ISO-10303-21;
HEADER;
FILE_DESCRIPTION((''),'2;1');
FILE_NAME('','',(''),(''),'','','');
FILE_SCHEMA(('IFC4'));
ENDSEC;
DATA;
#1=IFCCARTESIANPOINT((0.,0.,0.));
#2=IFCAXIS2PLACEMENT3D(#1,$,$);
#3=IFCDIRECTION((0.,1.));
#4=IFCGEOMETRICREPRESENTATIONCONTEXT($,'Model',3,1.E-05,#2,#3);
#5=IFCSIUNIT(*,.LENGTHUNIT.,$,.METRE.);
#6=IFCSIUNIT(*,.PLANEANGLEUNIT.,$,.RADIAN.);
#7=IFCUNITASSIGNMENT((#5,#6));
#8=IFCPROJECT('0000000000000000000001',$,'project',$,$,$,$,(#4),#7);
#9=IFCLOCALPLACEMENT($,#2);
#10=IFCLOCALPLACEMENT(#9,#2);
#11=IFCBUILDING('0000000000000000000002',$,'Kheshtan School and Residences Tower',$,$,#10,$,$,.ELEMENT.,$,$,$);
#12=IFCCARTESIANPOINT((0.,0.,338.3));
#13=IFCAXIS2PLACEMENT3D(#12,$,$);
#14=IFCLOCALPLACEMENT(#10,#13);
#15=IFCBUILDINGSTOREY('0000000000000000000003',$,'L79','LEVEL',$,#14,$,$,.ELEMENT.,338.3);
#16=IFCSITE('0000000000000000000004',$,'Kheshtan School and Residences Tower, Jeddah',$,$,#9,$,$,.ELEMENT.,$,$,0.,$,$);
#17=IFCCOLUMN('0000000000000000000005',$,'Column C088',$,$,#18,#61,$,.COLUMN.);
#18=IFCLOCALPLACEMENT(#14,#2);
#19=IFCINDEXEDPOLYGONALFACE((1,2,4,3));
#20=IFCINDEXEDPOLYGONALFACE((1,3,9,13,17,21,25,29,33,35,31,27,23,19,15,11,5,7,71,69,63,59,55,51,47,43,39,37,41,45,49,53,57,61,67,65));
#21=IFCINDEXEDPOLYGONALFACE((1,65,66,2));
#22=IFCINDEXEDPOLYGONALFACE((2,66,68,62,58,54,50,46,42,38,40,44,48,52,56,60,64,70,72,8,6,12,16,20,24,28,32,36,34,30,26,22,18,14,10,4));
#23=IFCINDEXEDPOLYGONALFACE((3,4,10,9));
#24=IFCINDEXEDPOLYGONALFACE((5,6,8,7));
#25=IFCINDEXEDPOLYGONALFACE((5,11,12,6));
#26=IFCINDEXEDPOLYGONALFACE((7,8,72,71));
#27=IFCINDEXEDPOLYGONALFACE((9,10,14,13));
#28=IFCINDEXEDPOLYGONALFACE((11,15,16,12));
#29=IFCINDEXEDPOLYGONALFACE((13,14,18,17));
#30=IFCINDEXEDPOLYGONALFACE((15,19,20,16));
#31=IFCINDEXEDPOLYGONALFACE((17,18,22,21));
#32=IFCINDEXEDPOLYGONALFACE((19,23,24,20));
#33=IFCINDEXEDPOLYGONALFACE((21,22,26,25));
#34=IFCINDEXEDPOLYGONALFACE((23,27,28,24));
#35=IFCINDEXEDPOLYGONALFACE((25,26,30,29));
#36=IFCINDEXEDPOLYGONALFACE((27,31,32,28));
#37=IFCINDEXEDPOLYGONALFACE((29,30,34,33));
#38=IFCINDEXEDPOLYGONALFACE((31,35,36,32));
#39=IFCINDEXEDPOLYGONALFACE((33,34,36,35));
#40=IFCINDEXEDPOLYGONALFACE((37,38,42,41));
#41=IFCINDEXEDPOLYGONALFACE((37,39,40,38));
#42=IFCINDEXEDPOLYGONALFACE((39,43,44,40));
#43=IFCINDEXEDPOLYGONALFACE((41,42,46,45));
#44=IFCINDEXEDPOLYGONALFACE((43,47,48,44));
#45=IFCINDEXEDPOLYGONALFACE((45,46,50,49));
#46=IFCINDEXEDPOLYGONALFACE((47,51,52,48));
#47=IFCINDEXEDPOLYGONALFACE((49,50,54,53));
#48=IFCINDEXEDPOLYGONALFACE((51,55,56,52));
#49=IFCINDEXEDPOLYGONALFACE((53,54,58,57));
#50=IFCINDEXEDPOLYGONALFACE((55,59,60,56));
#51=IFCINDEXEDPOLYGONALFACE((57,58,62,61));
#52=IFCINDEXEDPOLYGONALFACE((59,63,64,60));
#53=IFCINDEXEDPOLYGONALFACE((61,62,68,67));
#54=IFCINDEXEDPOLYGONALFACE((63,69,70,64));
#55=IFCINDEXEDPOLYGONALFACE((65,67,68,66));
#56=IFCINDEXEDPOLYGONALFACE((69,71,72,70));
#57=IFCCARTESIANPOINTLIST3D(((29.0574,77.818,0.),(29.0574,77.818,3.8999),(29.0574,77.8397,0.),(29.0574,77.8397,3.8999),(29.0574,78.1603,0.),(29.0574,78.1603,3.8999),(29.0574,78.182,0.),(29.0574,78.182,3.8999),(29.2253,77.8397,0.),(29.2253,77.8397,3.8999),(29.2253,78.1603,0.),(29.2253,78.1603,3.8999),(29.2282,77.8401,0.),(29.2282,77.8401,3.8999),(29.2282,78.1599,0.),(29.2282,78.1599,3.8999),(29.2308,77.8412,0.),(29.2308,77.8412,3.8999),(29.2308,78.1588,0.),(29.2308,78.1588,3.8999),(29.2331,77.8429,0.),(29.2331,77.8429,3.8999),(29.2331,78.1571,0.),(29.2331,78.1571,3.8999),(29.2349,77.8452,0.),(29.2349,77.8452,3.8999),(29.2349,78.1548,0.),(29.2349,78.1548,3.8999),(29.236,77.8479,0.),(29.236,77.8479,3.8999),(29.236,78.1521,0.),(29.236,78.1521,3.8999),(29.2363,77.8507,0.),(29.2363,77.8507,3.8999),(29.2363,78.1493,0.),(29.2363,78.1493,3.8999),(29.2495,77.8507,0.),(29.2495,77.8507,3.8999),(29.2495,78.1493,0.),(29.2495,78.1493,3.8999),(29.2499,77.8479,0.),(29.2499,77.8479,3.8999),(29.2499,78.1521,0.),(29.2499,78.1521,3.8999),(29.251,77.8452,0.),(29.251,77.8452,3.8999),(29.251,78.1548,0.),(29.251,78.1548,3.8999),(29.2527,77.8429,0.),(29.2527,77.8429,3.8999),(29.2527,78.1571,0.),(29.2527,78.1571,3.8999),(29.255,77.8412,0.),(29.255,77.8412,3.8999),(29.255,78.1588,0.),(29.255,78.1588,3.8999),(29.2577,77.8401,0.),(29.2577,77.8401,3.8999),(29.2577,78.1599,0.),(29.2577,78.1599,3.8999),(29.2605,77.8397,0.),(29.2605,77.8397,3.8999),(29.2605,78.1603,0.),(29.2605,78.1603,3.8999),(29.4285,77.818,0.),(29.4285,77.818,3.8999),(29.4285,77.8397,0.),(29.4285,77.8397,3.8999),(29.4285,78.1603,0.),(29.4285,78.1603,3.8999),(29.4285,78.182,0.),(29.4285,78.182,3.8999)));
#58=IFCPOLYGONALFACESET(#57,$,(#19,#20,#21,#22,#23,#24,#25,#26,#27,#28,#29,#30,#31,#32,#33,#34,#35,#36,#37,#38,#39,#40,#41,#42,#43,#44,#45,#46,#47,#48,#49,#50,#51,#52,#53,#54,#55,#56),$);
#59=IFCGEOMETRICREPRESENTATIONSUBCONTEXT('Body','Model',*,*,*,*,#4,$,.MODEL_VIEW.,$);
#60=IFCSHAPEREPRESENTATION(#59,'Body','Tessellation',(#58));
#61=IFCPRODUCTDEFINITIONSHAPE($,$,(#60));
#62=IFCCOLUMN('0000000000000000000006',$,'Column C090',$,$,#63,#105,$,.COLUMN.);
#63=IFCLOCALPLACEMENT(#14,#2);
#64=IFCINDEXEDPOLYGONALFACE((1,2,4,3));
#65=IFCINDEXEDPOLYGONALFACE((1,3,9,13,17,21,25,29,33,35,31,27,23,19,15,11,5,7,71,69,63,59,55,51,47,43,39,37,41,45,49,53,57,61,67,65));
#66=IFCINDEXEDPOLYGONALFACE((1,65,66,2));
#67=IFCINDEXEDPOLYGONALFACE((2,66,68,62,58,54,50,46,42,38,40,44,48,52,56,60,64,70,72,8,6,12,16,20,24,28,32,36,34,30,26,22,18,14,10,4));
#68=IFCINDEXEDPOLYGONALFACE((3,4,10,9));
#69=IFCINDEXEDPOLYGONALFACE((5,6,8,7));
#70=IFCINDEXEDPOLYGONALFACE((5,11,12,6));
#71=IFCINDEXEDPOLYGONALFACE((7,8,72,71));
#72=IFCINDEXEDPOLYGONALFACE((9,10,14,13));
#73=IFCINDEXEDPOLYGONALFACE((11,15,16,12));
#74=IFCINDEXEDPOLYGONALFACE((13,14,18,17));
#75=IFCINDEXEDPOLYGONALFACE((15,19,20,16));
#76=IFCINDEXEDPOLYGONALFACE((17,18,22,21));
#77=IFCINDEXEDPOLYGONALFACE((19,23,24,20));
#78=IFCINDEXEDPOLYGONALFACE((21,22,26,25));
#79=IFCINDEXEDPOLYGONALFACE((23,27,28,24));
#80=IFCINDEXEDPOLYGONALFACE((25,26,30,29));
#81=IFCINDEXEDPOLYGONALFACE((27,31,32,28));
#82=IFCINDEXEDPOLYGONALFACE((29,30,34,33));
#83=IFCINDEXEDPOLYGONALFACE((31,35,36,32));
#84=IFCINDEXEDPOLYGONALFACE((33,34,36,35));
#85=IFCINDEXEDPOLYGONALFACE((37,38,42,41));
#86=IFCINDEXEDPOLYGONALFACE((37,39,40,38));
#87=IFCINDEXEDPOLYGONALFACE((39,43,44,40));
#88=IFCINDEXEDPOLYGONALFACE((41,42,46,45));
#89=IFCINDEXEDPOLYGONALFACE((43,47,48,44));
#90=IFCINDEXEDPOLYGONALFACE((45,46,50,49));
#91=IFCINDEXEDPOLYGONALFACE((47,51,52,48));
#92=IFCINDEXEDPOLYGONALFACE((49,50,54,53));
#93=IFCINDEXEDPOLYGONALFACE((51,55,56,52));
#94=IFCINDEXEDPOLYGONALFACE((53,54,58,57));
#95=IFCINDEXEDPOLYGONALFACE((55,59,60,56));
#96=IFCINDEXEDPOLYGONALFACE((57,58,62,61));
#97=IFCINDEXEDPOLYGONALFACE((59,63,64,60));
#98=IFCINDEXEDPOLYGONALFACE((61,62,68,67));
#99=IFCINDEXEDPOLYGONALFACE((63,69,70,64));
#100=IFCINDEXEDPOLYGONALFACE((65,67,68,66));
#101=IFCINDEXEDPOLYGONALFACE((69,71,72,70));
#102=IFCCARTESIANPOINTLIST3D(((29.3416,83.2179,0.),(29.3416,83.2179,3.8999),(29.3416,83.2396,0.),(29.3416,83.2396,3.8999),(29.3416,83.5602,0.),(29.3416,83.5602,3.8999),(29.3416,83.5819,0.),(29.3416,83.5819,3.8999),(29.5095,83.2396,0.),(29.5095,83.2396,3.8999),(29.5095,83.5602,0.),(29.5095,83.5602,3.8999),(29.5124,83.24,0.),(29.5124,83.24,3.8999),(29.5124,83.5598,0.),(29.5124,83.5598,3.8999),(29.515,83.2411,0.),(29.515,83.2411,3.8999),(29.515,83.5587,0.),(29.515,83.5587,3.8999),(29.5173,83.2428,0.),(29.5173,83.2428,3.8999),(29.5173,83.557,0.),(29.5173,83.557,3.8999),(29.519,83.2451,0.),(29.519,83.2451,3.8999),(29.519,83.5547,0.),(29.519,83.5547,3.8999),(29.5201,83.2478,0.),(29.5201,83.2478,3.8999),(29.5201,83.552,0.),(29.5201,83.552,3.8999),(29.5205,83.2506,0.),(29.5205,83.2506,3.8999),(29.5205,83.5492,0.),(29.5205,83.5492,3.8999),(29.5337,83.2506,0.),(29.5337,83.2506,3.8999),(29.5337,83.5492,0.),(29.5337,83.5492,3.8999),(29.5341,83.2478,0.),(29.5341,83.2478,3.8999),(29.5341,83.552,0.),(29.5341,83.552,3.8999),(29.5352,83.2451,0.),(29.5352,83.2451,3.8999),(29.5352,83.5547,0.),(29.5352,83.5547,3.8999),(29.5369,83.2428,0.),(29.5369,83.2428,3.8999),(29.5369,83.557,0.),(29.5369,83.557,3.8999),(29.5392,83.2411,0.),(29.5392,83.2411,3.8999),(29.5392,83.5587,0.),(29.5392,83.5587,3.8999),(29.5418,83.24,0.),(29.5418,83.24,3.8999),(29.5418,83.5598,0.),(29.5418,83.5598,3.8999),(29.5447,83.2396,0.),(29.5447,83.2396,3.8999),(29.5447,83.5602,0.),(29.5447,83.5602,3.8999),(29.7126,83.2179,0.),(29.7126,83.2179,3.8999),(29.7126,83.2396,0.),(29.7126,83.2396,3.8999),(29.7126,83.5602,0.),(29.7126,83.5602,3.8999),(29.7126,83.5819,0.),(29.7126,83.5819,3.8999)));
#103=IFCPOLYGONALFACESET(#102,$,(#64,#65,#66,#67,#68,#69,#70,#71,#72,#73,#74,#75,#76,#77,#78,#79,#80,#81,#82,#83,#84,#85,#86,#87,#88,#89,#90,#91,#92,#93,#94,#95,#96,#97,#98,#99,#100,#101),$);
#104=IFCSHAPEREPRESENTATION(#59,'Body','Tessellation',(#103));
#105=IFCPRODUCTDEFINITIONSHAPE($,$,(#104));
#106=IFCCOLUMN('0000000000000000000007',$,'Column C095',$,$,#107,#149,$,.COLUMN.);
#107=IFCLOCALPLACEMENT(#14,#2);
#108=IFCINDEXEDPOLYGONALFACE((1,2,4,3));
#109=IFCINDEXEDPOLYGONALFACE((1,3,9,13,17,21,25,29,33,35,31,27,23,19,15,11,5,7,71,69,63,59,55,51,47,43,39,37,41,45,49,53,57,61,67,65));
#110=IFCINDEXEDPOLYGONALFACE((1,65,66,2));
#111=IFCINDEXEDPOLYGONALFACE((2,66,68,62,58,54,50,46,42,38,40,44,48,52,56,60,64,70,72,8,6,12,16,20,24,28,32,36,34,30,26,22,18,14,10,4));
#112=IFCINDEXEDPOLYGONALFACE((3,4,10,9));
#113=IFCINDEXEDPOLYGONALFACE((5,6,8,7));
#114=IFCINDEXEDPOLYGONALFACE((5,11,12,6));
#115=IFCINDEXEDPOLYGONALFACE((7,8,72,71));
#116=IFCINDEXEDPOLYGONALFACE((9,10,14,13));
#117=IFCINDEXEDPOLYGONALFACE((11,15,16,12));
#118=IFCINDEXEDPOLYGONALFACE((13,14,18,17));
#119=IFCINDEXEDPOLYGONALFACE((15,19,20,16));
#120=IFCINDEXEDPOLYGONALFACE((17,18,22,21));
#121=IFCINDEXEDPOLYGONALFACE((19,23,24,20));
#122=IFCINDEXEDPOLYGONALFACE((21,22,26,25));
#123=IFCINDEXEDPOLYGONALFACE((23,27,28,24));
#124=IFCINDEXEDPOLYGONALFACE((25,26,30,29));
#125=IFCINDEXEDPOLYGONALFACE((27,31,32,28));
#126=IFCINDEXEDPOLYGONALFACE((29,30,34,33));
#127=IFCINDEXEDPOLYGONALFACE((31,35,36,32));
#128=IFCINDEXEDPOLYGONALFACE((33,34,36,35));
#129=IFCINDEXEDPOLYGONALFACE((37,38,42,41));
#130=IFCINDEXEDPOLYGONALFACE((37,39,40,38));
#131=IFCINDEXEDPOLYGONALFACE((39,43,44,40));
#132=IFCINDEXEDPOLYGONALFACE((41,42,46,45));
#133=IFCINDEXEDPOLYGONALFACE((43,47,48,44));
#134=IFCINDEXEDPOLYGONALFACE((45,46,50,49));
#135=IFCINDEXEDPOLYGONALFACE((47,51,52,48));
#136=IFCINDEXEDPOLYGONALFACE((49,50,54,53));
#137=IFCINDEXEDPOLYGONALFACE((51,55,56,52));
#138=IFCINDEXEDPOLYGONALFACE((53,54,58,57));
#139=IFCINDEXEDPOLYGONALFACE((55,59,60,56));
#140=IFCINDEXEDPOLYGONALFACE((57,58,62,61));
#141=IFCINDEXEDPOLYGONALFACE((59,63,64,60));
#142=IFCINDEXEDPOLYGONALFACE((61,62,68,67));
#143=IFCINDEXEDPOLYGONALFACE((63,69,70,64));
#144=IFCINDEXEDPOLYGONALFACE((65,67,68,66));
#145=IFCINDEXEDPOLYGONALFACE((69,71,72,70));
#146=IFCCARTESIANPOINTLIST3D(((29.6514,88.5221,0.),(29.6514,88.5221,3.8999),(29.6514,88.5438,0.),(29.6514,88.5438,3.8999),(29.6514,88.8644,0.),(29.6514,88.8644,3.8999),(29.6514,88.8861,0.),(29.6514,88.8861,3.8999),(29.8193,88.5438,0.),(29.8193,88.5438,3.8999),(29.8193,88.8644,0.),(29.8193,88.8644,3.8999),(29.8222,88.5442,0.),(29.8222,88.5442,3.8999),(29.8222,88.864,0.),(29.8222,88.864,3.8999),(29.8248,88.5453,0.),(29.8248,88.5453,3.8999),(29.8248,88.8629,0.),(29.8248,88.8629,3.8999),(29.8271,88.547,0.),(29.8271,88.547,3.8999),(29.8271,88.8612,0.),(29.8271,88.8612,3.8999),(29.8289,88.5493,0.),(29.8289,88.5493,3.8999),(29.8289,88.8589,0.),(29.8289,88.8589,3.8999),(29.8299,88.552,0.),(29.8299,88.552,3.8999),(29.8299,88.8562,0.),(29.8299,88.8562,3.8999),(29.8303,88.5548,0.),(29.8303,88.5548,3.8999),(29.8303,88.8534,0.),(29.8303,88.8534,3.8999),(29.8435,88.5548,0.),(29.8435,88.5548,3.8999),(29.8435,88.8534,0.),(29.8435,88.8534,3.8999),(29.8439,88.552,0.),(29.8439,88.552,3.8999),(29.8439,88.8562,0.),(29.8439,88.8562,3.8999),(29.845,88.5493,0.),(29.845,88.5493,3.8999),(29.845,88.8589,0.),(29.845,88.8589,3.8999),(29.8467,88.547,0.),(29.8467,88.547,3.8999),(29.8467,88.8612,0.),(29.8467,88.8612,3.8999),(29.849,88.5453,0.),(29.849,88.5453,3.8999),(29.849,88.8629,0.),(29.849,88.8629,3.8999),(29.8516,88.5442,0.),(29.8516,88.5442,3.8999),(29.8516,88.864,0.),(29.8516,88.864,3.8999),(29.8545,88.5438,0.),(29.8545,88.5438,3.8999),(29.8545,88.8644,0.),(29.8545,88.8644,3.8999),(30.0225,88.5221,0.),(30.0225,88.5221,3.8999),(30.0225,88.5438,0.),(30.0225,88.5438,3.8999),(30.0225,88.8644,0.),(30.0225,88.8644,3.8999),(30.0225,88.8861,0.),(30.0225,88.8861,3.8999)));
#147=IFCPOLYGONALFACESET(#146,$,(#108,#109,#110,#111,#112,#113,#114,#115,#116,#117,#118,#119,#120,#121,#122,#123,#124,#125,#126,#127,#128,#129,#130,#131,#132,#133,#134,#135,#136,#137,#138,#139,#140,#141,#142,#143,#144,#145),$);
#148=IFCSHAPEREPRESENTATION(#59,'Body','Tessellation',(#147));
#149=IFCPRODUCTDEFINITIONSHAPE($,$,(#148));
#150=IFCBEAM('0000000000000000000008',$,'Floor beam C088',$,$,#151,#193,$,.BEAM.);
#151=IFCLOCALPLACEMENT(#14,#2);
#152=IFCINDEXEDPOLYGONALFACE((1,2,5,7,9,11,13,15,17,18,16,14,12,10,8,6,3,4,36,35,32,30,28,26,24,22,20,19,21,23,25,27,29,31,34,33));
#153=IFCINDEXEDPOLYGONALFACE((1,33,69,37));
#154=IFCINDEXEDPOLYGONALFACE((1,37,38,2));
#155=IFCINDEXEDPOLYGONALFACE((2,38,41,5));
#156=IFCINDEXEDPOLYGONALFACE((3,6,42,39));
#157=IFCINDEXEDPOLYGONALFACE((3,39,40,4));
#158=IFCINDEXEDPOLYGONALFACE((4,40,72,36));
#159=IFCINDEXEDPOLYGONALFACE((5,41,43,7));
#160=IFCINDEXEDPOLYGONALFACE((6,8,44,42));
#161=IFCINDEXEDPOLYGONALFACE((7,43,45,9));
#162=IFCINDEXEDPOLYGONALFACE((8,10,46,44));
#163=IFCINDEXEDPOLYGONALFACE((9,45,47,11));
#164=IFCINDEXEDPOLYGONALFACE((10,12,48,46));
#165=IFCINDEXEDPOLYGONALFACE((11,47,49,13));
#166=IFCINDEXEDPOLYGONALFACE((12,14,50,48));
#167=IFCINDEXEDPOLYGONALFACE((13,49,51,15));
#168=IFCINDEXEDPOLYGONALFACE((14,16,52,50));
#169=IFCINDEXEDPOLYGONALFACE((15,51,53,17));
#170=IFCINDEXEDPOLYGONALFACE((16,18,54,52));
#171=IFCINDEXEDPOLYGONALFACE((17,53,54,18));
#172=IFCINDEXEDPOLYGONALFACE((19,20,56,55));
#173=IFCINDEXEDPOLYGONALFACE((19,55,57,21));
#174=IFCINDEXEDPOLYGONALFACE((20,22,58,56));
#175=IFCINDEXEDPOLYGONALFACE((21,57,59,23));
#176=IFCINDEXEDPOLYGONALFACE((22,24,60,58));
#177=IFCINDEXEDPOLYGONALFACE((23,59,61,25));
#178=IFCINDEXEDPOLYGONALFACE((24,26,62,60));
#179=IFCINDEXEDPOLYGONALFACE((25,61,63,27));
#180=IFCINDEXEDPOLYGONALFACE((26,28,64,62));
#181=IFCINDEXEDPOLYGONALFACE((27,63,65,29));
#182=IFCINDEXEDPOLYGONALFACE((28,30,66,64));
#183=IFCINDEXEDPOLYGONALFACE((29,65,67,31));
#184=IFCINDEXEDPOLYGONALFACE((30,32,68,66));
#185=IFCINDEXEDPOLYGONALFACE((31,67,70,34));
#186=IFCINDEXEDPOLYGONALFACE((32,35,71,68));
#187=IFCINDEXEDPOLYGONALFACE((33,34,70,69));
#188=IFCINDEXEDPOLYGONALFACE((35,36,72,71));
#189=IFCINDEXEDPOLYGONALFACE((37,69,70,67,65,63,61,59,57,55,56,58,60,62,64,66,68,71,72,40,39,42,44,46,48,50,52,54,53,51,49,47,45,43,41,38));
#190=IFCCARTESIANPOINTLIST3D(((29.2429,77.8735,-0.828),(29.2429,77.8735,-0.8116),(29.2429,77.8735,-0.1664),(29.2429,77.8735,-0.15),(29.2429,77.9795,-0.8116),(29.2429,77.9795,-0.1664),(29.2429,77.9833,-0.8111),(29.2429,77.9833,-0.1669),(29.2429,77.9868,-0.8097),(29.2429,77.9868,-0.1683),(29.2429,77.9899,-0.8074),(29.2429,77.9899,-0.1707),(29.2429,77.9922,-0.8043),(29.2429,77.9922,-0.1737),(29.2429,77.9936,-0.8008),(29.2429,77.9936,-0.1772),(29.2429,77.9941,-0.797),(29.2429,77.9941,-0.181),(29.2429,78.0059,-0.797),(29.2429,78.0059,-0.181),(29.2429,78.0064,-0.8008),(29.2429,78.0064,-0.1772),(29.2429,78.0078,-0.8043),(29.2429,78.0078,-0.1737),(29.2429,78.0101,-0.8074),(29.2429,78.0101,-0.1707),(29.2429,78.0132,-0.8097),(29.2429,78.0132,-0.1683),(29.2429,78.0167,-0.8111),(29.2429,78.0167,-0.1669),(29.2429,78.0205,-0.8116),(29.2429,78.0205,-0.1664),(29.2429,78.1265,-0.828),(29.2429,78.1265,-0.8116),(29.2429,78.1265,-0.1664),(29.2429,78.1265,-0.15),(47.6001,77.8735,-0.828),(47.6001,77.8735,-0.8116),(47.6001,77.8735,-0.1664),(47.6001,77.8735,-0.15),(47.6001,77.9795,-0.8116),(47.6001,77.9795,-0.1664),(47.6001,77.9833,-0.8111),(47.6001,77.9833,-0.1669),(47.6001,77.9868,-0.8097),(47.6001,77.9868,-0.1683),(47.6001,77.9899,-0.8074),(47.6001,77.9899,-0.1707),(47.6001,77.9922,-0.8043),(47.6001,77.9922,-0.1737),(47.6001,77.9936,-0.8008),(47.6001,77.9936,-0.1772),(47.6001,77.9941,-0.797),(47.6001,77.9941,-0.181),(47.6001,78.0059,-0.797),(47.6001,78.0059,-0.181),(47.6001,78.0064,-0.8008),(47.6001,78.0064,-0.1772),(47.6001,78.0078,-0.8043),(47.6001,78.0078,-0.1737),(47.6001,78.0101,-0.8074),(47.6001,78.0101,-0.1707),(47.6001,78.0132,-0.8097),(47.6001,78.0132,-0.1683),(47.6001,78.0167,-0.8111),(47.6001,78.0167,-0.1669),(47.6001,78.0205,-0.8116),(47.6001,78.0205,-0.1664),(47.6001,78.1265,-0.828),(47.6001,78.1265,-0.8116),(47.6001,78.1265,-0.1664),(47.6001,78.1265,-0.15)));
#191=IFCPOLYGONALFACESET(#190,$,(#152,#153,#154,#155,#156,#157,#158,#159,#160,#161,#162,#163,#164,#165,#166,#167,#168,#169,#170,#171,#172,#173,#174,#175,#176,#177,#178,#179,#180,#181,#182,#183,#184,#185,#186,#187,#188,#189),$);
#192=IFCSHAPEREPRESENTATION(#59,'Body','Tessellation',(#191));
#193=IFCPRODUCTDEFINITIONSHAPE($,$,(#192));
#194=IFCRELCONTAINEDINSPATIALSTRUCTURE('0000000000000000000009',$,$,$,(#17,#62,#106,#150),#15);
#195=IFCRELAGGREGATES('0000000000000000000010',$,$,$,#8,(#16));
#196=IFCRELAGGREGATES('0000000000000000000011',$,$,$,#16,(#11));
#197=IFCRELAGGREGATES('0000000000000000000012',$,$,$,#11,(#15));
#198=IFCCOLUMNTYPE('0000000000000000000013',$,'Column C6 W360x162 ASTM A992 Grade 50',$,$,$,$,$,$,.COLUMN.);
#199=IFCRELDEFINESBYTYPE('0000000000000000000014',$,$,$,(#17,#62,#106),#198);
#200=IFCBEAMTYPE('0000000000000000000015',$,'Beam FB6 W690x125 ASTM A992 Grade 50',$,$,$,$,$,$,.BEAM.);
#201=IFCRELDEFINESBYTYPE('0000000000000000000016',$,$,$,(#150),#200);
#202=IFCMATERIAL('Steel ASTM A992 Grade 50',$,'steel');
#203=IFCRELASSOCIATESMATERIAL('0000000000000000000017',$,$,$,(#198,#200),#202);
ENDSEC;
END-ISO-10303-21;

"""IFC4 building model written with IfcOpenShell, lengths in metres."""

from ifc_helpers import new_model, si_unit, direction, frame, origin, origin_2d, place, context, subcontext, project, spatial, i_section, extrude, material, material_profile, profile_set, type_object, element, save


model = new_model("IFC4")

# Units and contexts
model_context = context("Model", 3, precision=1e-05, world=origin(), true_north=direction((0.0, 1.0)))
body_context = subcontext(model_context, "Body", "Model", "MODEL_VIEW")
ifc_project = project(units=[si_unit("LENGTHUNIT", "METRE"), si_unit("PLANEANGLEUNIT", "RADIAN")], contexts=[model_context])

# Site, building, storey
site_placement = place(None, origin())
site = spatial("IfcSite", under=ifc_project, at=site_placement, Name="Kheshtan School and Residences Tower, Jeddah", CompositionType="ELEMENT", RefElevation=0.0)
building_placement = place(site_placement, origin())
building = spatial("IfcBuilding", under=site, at=building_placement, Name="Kheshtan School and Residences Tower", CompositionType="ELEMENT")
storey_placement = place(building_placement, frame((0.0, 0.0, 338.3)))
storey = spatial("IfcBuildingStorey", under=building, at=storey_placement, Name="L79", Description="LEVEL", CompositionType="ELEMENT", Elevation=338.3)

# Columns
ifc_material_1 = material(Name="Steel ASTM A992 Grade 50", Category="steel")
ifc_material_profile_1 = material_profile(ifc_material_1, i_section(OverallWidth=0.3711, OverallDepth=0.364, WebThickness=0.0132, FlangeThickness=0.0217, FilletRadius=0.011, at=origin_2d()), Name="W360x162")
ifc_profile_set_1 = profile_set([ifc_material_profile_1], Name="Steel ASTM A992 Grade 50")
column_type = type_object("IfcColumnType", Name="Column C6 W360x162 ASTM A992 Grade 50", PredefinedType="COLUMN", material=ifc_profile_set_1)
for number, where, z_axis, x_axis, name in (
    (1, (29.2429, 78.0, 0.0), (0.0, 0.0, 1.0), (1.0, 0.0, 0.0), "Column C088"),
    (2, (29.5271, 83.3999, 0.0), (0.0, 0.0, 1.0), (1.0, 0.0, 0.0), "Column C090"),
    (3, (29.8369, 88.7041, 0.0), (0.0, 0.0, 1.0), (1.0, 0.0, 0.0), "Column C095"),
):
    element("IfcColumn", number, at=place(storey_placement, frame(where, z_axis=z_axis, x_axis=x_axis)), inside=storey, type_object=column_type, Name=name, PredefinedType="COLUMN", context=body_context, shape_type="SweptSolid", body=[
        extrude(i_section(OverallWidth=0.3711, OverallDepth=0.364, WebThickness=0.0132, FlangeThickness=0.0217, FilletRadius=0.011, at=origin_2d()), origin(), (0.0, 0.0, 1.0), 3.8999),
    ])

# Beam
ifc_material_profile_2 = material_profile(ifc_material_1, i_section(OverallWidth=0.2529, OverallDepth=0.678, WebThickness=0.0117, FlangeThickness=0.0164, FilletRadius=0.0146, at=origin_2d()), Name="W690x125")
ifc_profile_set_2 = profile_set([ifc_material_profile_2], Name="Steel ASTM A992 Grade 50")
beam_type_1 = type_object("IfcBeamType", Name="Beam FB6 W690x125 ASTM A992 Grade 50", PredefinedType="BEAM", material=ifc_profile_set_2)
beam_1_placement = place(storey_placement, frame((29.2429, 78.0, -0.489), z_axis=(1.0, 0.0, 0.0), x_axis=(0.0, 1.0, 0.0)))
element("IfcBeam", 4, at=beam_1_placement, inside=storey, type_object=beam_type_1, Name="Floor beam C088", PredefinedType="BEAM", context=body_context, shape_type="SweptSolid", body=[
    extrude(i_section(OverallWidth=0.2529, OverallDepth=0.678, WebThickness=0.0117, FlangeThickness=0.0164, FilletRadius=0.0146, at=origin_2d()), origin(), (0.0, 0.0, 1.0), 18.3572),
])

save(model, "model.ifc")
